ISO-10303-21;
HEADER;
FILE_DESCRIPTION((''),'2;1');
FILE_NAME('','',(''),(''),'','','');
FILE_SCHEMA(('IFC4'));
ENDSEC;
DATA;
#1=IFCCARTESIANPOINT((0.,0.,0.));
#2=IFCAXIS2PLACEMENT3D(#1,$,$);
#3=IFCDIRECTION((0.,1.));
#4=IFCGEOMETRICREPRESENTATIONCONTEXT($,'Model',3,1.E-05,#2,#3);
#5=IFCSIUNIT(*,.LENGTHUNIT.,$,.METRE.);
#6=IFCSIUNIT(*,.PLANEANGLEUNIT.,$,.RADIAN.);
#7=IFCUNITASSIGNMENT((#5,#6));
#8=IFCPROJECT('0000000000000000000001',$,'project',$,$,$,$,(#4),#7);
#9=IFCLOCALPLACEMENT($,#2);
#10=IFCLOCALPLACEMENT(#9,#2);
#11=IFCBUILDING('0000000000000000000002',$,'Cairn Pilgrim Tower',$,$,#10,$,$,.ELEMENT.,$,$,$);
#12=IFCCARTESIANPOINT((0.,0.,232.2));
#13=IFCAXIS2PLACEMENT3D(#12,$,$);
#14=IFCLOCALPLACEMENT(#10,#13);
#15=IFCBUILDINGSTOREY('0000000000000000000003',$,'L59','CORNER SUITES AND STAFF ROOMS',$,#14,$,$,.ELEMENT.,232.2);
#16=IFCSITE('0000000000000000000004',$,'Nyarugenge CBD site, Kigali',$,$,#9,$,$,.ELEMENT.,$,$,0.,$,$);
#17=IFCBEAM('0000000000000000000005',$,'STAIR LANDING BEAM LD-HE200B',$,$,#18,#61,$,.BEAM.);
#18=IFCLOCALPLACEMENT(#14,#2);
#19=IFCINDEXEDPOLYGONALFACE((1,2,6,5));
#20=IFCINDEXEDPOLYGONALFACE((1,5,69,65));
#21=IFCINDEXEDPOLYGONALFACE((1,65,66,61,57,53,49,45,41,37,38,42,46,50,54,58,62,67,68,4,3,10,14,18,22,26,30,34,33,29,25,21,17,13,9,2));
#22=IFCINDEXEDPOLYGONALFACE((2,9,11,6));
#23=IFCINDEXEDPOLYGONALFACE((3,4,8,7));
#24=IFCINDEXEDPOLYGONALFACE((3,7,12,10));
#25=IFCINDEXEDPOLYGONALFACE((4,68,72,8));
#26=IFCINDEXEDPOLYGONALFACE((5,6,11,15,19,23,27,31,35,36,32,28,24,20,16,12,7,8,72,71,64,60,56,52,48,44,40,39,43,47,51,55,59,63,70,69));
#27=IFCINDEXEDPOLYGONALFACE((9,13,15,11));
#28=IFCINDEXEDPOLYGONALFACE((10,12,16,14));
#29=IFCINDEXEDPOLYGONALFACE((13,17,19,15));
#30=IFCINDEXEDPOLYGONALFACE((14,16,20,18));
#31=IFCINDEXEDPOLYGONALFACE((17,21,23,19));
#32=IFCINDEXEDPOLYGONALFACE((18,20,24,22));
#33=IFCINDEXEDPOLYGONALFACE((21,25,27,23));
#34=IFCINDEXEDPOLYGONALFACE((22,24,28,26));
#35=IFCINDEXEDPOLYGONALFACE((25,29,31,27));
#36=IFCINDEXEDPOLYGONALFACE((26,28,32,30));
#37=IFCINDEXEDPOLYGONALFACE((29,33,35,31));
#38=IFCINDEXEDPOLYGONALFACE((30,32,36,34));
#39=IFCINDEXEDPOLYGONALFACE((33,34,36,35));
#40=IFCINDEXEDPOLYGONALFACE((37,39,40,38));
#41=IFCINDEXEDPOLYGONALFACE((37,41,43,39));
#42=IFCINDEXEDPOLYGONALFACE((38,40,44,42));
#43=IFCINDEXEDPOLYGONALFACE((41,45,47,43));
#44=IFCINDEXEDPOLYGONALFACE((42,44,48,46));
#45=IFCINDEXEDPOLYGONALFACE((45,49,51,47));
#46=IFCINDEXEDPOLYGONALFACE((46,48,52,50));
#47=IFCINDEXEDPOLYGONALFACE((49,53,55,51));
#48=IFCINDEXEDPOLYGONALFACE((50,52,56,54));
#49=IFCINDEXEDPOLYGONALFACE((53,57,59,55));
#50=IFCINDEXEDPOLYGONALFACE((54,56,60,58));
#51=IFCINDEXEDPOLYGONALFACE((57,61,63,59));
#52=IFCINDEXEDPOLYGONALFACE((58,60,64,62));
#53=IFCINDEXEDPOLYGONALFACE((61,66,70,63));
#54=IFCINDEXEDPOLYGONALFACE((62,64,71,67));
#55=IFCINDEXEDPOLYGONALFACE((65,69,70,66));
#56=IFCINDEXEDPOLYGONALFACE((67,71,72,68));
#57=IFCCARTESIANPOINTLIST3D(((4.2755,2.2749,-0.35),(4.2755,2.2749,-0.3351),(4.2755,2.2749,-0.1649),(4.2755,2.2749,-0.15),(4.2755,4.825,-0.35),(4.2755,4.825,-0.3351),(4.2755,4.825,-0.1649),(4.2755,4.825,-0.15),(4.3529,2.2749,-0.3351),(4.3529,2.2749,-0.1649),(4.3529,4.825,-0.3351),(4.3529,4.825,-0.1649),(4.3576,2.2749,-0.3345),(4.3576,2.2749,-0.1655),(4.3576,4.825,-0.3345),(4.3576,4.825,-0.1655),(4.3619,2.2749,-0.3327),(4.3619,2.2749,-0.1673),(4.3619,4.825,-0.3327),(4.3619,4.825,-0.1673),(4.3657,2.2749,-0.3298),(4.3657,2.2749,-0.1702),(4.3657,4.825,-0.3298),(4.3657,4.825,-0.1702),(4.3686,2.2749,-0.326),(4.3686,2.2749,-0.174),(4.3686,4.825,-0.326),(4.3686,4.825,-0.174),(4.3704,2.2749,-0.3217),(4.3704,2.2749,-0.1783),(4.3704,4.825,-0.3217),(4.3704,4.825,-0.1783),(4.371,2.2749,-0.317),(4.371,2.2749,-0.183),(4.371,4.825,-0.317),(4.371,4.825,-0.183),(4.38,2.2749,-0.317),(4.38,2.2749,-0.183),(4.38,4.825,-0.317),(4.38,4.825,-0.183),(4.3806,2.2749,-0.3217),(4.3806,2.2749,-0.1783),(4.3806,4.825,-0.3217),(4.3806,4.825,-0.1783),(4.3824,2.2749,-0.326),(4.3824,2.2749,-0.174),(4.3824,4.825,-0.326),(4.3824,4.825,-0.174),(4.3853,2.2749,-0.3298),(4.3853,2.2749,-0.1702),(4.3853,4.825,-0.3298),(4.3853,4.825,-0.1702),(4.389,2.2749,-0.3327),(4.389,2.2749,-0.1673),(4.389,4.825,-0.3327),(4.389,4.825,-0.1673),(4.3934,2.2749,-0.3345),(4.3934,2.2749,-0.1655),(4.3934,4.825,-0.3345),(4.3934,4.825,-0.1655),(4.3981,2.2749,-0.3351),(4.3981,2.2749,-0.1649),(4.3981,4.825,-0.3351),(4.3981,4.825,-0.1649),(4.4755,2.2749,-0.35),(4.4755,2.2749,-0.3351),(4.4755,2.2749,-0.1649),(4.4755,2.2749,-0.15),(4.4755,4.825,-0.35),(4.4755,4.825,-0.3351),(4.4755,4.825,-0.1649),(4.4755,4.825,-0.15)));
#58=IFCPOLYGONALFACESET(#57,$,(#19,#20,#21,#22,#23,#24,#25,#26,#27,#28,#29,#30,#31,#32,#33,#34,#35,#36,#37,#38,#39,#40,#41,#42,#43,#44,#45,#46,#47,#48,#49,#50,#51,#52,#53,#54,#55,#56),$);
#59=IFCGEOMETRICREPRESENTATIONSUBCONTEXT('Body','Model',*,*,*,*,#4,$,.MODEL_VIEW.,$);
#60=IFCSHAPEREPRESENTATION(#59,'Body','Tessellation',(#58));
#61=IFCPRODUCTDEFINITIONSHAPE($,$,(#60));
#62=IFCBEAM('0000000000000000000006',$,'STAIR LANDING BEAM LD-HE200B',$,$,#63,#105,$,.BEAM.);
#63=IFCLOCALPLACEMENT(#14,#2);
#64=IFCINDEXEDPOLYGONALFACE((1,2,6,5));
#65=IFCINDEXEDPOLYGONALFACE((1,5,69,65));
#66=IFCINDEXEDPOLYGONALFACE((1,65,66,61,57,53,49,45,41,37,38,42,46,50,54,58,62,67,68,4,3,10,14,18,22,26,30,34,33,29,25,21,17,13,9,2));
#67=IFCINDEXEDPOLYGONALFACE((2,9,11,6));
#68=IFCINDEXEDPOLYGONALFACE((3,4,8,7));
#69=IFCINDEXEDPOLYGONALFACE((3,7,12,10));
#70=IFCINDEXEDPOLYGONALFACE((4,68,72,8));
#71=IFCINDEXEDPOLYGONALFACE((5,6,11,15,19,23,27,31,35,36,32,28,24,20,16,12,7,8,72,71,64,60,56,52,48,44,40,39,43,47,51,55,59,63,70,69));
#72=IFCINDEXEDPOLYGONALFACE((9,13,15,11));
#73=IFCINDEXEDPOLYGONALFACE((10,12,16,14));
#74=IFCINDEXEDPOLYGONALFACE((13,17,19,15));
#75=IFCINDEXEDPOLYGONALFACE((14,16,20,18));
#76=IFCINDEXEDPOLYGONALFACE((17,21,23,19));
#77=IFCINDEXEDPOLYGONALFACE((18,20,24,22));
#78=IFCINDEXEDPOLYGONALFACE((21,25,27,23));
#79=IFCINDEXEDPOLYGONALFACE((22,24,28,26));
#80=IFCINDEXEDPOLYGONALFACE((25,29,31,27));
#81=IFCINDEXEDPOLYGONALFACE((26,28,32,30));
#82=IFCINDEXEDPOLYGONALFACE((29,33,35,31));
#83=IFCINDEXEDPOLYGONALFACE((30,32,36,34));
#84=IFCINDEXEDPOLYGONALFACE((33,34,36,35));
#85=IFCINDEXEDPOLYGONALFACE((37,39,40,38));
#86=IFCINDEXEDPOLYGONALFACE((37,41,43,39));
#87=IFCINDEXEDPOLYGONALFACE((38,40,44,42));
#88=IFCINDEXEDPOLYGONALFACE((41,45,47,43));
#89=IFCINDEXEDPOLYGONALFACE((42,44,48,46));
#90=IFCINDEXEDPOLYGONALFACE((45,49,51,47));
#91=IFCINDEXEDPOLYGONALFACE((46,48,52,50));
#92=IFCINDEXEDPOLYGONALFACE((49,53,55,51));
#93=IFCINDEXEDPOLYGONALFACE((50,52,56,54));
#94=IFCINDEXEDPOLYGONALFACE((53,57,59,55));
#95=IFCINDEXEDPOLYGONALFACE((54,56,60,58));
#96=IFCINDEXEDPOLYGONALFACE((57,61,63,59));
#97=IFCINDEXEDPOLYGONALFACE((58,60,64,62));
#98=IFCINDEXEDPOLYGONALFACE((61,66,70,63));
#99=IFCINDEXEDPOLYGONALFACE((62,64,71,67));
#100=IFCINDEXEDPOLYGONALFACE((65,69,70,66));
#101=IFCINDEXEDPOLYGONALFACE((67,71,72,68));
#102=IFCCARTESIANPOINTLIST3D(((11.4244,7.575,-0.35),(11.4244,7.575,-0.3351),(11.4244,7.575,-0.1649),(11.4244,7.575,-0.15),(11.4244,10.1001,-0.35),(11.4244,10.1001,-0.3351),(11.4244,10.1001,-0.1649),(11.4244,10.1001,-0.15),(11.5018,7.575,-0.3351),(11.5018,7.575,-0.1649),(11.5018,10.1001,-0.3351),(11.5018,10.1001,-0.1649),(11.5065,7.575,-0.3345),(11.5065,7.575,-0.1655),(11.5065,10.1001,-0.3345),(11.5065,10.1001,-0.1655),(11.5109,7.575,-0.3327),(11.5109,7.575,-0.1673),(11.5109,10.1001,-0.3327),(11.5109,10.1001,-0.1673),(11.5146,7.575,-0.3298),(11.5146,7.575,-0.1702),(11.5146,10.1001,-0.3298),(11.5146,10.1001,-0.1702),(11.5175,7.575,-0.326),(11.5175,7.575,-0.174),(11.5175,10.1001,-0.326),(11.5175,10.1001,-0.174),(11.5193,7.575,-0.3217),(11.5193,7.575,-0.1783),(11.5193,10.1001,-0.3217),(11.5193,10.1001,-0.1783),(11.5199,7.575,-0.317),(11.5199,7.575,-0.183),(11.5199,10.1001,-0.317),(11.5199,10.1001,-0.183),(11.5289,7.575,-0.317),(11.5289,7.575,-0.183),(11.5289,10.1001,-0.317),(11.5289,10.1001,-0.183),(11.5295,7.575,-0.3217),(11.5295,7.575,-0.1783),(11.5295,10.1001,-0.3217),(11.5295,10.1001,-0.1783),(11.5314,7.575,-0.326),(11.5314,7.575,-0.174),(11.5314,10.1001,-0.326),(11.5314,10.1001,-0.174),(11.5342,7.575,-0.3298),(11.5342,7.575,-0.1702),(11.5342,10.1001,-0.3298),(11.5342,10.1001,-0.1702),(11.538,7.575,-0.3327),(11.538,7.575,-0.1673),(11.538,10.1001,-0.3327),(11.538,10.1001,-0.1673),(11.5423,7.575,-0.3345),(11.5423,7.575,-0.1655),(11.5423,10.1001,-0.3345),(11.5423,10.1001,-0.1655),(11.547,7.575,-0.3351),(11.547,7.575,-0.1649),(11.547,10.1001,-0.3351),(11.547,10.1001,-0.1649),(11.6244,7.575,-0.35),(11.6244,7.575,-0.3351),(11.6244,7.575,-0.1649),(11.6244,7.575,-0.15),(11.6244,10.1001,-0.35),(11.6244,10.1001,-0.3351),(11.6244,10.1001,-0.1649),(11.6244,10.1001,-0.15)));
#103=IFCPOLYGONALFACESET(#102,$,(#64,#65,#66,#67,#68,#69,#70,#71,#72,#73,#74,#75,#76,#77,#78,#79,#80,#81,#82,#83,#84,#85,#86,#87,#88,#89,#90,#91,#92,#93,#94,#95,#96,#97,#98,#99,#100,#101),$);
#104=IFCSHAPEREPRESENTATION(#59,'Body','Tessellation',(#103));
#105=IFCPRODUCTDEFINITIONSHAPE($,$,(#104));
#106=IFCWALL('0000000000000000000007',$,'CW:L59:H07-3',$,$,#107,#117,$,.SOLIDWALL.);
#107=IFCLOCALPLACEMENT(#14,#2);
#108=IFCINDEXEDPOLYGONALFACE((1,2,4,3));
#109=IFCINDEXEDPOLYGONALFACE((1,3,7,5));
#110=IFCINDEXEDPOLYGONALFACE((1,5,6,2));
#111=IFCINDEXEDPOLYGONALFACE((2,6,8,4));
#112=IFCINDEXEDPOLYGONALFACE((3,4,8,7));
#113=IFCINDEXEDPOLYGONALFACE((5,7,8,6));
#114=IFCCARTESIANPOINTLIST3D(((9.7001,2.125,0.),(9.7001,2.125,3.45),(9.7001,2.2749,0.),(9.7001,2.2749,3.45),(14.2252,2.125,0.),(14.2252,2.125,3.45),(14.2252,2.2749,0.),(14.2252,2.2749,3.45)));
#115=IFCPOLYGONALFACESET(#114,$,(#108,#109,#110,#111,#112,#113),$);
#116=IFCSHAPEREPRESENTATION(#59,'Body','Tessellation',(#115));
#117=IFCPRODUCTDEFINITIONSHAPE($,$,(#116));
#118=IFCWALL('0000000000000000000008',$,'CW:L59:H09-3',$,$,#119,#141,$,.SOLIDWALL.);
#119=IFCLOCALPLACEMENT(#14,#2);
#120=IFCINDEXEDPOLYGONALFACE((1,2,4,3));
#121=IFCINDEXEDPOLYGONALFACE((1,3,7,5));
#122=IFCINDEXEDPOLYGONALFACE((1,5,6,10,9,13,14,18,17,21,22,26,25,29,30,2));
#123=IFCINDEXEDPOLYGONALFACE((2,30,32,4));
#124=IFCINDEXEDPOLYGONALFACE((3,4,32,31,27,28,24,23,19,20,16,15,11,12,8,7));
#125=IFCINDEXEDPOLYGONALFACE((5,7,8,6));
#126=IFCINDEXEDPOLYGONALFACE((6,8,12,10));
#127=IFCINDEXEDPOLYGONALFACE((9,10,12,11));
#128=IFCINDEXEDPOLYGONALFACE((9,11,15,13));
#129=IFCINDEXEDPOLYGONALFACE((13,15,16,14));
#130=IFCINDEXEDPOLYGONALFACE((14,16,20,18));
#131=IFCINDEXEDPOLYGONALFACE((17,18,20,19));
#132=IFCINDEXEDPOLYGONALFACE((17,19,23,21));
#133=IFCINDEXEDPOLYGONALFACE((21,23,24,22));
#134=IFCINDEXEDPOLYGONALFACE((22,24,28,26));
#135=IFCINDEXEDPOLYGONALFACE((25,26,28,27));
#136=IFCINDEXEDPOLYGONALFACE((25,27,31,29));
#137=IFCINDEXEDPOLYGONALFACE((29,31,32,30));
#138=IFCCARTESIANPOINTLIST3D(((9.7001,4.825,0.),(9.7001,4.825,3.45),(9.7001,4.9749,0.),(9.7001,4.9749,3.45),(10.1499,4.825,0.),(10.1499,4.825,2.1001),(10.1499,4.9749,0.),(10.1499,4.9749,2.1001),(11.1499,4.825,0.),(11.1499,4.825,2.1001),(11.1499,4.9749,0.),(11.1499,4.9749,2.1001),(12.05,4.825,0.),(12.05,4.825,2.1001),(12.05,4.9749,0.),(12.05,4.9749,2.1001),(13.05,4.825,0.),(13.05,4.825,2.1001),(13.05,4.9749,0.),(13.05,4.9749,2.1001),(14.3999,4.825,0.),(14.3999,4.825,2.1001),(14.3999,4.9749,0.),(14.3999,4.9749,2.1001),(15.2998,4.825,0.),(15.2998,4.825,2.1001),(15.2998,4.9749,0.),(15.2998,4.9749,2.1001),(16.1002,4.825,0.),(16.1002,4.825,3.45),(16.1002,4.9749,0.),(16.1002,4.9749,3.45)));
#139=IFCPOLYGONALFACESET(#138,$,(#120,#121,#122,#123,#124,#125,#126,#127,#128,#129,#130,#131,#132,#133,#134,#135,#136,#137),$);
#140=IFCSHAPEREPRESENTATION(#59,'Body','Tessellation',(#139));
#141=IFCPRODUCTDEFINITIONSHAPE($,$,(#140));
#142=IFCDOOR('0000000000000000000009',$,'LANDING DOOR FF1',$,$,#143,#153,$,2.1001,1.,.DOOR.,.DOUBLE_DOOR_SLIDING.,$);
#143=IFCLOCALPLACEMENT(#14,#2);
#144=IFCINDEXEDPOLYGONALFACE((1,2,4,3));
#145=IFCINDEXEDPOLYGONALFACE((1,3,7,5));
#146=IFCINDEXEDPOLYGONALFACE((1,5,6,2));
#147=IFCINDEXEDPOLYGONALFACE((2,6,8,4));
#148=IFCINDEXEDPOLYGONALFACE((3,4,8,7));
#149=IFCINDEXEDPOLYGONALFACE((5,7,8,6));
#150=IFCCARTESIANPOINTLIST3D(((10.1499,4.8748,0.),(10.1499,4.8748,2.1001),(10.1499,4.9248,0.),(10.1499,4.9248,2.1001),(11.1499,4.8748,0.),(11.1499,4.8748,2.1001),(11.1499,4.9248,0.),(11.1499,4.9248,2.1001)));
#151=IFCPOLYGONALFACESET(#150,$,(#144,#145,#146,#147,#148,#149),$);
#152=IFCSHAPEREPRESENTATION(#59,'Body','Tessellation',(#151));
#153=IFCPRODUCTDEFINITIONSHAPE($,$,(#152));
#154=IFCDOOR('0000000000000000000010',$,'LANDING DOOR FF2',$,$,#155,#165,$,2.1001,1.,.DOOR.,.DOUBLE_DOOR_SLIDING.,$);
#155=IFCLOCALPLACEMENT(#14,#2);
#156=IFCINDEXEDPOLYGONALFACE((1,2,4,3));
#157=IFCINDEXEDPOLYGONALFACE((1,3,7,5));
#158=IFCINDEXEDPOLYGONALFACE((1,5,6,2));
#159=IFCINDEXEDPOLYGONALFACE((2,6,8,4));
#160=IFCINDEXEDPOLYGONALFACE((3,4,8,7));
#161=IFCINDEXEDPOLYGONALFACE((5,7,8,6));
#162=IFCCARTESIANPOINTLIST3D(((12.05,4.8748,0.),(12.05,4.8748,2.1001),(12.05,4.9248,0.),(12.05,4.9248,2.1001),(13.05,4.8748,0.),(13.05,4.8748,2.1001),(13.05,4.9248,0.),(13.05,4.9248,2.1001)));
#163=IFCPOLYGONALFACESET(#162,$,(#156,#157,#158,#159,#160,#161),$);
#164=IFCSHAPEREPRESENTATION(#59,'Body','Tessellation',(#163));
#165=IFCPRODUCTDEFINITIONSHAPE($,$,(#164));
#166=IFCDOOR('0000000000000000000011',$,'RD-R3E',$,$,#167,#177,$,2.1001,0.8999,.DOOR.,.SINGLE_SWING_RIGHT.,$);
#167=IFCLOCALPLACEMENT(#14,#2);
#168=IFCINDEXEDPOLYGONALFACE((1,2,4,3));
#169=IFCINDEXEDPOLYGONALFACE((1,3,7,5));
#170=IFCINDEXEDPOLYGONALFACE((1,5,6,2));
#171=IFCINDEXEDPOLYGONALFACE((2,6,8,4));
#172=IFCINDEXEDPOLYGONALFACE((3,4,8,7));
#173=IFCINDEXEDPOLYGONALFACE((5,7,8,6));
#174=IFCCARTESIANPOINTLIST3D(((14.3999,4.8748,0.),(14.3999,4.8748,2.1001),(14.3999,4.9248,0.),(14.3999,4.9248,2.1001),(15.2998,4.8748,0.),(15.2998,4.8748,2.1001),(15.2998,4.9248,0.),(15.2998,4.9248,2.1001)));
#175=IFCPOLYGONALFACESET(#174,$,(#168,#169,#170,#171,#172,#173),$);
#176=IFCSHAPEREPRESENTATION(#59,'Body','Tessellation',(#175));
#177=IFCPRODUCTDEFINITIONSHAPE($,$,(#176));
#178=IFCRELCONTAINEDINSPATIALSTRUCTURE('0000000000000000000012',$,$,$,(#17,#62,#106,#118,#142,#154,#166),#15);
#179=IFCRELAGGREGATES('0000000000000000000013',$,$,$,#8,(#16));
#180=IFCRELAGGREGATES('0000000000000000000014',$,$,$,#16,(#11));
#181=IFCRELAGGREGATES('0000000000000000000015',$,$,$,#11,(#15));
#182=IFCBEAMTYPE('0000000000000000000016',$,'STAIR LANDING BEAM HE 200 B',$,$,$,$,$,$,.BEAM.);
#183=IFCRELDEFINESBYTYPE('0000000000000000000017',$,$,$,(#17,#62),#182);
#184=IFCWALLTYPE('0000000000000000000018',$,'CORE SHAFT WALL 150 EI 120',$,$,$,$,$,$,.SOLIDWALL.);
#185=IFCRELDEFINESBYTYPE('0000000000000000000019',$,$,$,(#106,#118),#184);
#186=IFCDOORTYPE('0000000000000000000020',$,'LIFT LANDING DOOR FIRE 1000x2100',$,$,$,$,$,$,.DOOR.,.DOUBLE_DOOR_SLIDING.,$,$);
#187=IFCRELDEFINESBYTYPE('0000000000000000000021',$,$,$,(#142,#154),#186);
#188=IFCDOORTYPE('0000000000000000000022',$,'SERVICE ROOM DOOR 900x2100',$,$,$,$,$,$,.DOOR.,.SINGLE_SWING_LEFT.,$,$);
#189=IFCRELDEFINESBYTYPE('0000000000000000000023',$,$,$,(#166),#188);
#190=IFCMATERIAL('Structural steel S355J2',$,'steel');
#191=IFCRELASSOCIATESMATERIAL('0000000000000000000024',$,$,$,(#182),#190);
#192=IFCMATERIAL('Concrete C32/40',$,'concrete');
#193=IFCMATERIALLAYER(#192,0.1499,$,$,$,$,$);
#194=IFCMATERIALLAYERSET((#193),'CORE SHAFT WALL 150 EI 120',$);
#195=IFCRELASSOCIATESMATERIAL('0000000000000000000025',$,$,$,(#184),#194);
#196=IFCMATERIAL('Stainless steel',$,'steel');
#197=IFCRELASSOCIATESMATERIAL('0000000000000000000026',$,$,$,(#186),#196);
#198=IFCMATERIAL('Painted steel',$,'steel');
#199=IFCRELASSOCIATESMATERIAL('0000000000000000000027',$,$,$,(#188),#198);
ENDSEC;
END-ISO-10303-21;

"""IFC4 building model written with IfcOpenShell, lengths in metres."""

from ifc_helpers import new_model, si_unit, direction, frame, frame_2d, origin, origin_2d, place, context, subcontext, project, spatial, rectangle, i_section, extrude, material, layer, layer_set, material_profile, profile_set, type_object, element, fill, save


model = new_model("IFC4")

# Units and contexts
model_context = context("Model", 3, precision=1e-05, world=origin(), true_north=direction((0.0, 1.0)))
body_context = subcontext(model_context, "Body", "Model", "MODEL_VIEW")
ifc_project = project(units=[si_unit("LENGTHUNIT", "METRE"), si_unit("PLANEANGLEUNIT", "RADIAN")], contexts=[model_context])

# Site, building, storey
site_placement = place(None, origin())
site = spatial("IfcSite", under=ifc_project, at=site_placement, Name="Nyarugenge CBD site, Kigali", CompositionType="ELEMENT", RefElevation=0.0)
building_placement = place(site_placement, origin())
building = spatial("IfcBuilding", under=site, at=building_placement, Name="Cairn Pilgrim Tower", CompositionType="ELEMENT")
storey_placement = place(building_placement, frame((0.0, 0.0, 232.2)))
storey = spatial("IfcBuildingStorey", under=building, at=storey_placement, Name="L59", Description="CORNER SUITES AND STAFF ROOMS", CompositionType="ELEMENT", Elevation=232.2)

# Beams
ifc_material_1 = material(Name="Structural steel S355J2", Category="steel")
ifc_material_profile = material_profile(ifc_material_1, i_section(OverallWidth=0.2, OverallDepth=0.2, WebThickness=0.009, FlangeThickness=0.0149, FilletRadius=0.0181, at=origin_2d()), Name="HE 200 B")
ifc_profile_set = profile_set([ifc_material_profile], Name="Structural steel S355J2")
beam_type = type_object("IfcBeamType", Name="STAIR LANDING BEAM HE 200 B", PredefinedType="BEAM", material=ifc_profile_set)
beam_1_placement = place(storey_placement, frame((4.3755, 2.2749, -0.25), z_axis=(0.0, 1.0, 0.0), x_axis=(-1.0, 0.0, 0.0)))
element("IfcBeam", 1, at=beam_1_placement, inside=storey, type_object=beam_type, Name="STAIR LANDING BEAM LD-HE200B", PredefinedType="BEAM", context=body_context, shape_type="SweptSolid", body=[
    extrude(i_section(OverallWidth=0.2, OverallDepth=0.2, WebThickness=0.009, FlangeThickness=0.0149, FilletRadius=0.0181, at=origin_2d()), origin(), (0.0, 0.0, 1.0), 2.55),
])
beam_2_placement = place(storey_placement, frame((11.5244, 10.1001, -0.25), z_axis=(0.0, -1.0, 0.0), x_axis=(1.0, 0.0, 0.0)))
element("IfcBeam", 2, at=beam_2_placement, inside=storey, type_object=beam_type, Name="STAIR LANDING BEAM LD-HE200B", PredefinedType="BEAM", context=body_context, shape_type="SweptSolid", body=[
    extrude(i_section(OverallWidth=0.2, OverallDepth=0.2, WebThickness=0.009, FlangeThickness=0.0149, FilletRadius=0.0181, at=origin_2d()), origin(), (0.0, 0.0, 1.0), 2.5251),
])

# Wall
ifc_material_2 = material(Name="Concrete C32/40", Category="concrete")
ifc_layer_1 = layer(ifc_material_2, 0.1499)
ifc_layer_set_1 = layer_set([ifc_layer_1], Name="CORE SHAFT WALL 150 EI 120")
wall_type_1 = type_object("IfcWallType", Name="CORE SHAFT WALL 150 EI 120", PredefinedType="SOLIDWALL", material=ifc_layer_set_1)
wall_1_placement = place(storey_placement, frame((9.7, 2.2, 0.0), z_axis=(0.0, 0.0, 1.0), x_axis=(1.0, 0.0, 0.0)))
element("IfcWall", 3, at=wall_1_placement, inside=storey, type_object=wall_type_1, Name="CW:L59:H07-3", PredefinedType="SOLIDWALL", context=body_context, shape_type="SweptSolid", body=[
    extrude(rectangle(XDim=4.5251, YDim=0.1499, at=frame_2d((2.2627, 0.0))), origin(), (0.0, 0.0, 1.0), 3.45),
])

# Wall, openings, doors
wall_2_placement = place(storey_placement, frame((9.7, 4.8999, 0.0), z_axis=(0.0, 0.0, 1.0), x_axis=(1.0, 0.0, 0.0)))
wall_2 = element("IfcWall", 4, at=wall_2_placement, inside=storey, type_object=wall_type_1, Name="CW:L59:H09-3", PredefinedType="SOLIDWALL", context=body_context, shape_type="SweptSolid", body=[
    extrude(rectangle(XDim=6.4001, YDim=0.1499, at=frame_2d((3.2002, 0.0))), origin(), (0.0, 0.0, 1.0), 3.45),
])
opening_1_placement = place(wall_2_placement, frame((0.45, 0.0, 0.0)))
opening_1 = element("IfcOpeningElement", 5, at=opening_1_placement, cuts=wall_2, PredefinedType="OPENING", context=body_context, shape_type="SweptSolid", body=[
    extrude(rectangle(XDim=1.0, YDim=2.1001, at=frame_2d((0.5, 1.05))), frame((0.0, 0.085, 0.0), z_axis=(0.0, -1.0, 0.0), x_axis=(1.0, 0.0, 0.0)), (0.0, 0.0, 1.0), 0.1699),
])
opening_2_placement = place(wall_2_placement, frame((2.3501, 0.0, 0.0)))
opening_2 = element("IfcOpeningElement", 6, at=opening_2_placement, cuts=wall_2, PredefinedType="OPENING", context=body_context, shape_type="SweptSolid", body=[
    extrude(rectangle(XDim=1.0, YDim=2.1001, at=frame_2d((0.5, 1.05))), frame((0.0, 0.085, 0.0), z_axis=(0.0, -1.0, 0.0), x_axis=(1.0, 0.0, 0.0)), (0.0, 0.0, 1.0), 0.1699),
])
opening_3_placement = place(wall_2_placement, frame((4.7, 0.0, 0.0)))
opening_3 = element("IfcOpeningElement", 7, at=opening_3_placement, cuts=wall_2, PredefinedType="OPENING", context=body_context, shape_type="SweptSolid", body=[
    extrude(rectangle(XDim=0.8999, YDim=2.1001, at=frame_2d((0.45, 1.05))), frame((0.0, 0.085, 0.0), z_axis=(0.0, -1.0, 0.0), x_axis=(1.0, 0.0, 0.0)), (0.0, 0.0, 1.0), 0.1699),
])
ifc_material_3 = material(Name="Stainless steel", Category="steel")
door_type_1 = type_object("IfcDoorType", Name="LIFT LANDING DOOR FIRE 1000x2100", OperationType="DOUBLE_DOOR_SLIDING", PredefinedType="DOOR", material=ifc_material_3)
door_1_placement = place(opening_1_placement, origin())
door_1 = element("IfcDoor", 8, at=door_1_placement, inside=storey, type_object=door_type_1, Name="LANDING DOOR FF1", OperationType="DOUBLE_DOOR_SLIDING", OverallHeight=2.1001, OverallWidth=1.0, PredefinedType="DOOR", context=body_context, shape_type="SweptSolid", body=[
    extrude(rectangle(XDim=1.0, YDim=2.1001, at=frame_2d((0.5, 1.05))), frame((0.0, 0.0249, 0.0), z_axis=(0.0, -1.0, 0.0), x_axis=(1.0, 0.0, 0.0)), (0.0, 0.0, 1.0), 0.05),
])
fill(opening_1, door_1)
door_2_placement = place(opening_2_placement, origin())
door_2 = element("IfcDoor", 9, at=door_2_placement, inside=storey, type_object=door_type_1, Name="LANDING DOOR FF2", OperationType="DOUBLE_DOOR_SLIDING", OverallHeight=2.1001, OverallWidth=1.0, PredefinedType="DOOR", context=body_context, shape_type="SweptSolid", body=[
    extrude(rectangle(XDim=1.0, YDim=2.1001, at=frame_2d((0.5, 1.05))), frame((0.0, 0.0249, 0.0), z_axis=(0.0, -1.0, 0.0), x_axis=(1.0, 0.0, 0.0)), (0.0, 0.0, 1.0), 0.05),
])
fill(opening_2, door_2)
ifc_material_4 = material(Name="Painted steel", Category="steel")
door_type_2 = type_object("IfcDoorType", Name="SERVICE ROOM DOOR 900x2100", OperationType="SINGLE_SWING_LEFT", PredefinedType="DOOR", material=ifc_material_4)
door_3_placement = place(opening_3_placement, origin())
door_3 = element("IfcDoor", 10, at=door_3_placement, inside=storey, type_object=door_type_2, Name="RD-R3E", OperationType="SINGLE_SWING_RIGHT", OverallHeight=2.1001, OverallWidth=0.8999, PredefinedType="DOOR", context=body_context, shape_type="SweptSolid", body=[
    extrude(rectangle(XDim=0.8999, YDim=2.1001, at=frame_2d((0.45, 1.05))), frame((0.0, 0.0249, 0.0), z_axis=(0.0, -1.0, 0.0), x_axis=(1.0, 0.0, 0.0)), (0.0, 0.0, 1.0), 0.05),
])
fill(opening_3, door_3)

save(model, "model.ifc")
